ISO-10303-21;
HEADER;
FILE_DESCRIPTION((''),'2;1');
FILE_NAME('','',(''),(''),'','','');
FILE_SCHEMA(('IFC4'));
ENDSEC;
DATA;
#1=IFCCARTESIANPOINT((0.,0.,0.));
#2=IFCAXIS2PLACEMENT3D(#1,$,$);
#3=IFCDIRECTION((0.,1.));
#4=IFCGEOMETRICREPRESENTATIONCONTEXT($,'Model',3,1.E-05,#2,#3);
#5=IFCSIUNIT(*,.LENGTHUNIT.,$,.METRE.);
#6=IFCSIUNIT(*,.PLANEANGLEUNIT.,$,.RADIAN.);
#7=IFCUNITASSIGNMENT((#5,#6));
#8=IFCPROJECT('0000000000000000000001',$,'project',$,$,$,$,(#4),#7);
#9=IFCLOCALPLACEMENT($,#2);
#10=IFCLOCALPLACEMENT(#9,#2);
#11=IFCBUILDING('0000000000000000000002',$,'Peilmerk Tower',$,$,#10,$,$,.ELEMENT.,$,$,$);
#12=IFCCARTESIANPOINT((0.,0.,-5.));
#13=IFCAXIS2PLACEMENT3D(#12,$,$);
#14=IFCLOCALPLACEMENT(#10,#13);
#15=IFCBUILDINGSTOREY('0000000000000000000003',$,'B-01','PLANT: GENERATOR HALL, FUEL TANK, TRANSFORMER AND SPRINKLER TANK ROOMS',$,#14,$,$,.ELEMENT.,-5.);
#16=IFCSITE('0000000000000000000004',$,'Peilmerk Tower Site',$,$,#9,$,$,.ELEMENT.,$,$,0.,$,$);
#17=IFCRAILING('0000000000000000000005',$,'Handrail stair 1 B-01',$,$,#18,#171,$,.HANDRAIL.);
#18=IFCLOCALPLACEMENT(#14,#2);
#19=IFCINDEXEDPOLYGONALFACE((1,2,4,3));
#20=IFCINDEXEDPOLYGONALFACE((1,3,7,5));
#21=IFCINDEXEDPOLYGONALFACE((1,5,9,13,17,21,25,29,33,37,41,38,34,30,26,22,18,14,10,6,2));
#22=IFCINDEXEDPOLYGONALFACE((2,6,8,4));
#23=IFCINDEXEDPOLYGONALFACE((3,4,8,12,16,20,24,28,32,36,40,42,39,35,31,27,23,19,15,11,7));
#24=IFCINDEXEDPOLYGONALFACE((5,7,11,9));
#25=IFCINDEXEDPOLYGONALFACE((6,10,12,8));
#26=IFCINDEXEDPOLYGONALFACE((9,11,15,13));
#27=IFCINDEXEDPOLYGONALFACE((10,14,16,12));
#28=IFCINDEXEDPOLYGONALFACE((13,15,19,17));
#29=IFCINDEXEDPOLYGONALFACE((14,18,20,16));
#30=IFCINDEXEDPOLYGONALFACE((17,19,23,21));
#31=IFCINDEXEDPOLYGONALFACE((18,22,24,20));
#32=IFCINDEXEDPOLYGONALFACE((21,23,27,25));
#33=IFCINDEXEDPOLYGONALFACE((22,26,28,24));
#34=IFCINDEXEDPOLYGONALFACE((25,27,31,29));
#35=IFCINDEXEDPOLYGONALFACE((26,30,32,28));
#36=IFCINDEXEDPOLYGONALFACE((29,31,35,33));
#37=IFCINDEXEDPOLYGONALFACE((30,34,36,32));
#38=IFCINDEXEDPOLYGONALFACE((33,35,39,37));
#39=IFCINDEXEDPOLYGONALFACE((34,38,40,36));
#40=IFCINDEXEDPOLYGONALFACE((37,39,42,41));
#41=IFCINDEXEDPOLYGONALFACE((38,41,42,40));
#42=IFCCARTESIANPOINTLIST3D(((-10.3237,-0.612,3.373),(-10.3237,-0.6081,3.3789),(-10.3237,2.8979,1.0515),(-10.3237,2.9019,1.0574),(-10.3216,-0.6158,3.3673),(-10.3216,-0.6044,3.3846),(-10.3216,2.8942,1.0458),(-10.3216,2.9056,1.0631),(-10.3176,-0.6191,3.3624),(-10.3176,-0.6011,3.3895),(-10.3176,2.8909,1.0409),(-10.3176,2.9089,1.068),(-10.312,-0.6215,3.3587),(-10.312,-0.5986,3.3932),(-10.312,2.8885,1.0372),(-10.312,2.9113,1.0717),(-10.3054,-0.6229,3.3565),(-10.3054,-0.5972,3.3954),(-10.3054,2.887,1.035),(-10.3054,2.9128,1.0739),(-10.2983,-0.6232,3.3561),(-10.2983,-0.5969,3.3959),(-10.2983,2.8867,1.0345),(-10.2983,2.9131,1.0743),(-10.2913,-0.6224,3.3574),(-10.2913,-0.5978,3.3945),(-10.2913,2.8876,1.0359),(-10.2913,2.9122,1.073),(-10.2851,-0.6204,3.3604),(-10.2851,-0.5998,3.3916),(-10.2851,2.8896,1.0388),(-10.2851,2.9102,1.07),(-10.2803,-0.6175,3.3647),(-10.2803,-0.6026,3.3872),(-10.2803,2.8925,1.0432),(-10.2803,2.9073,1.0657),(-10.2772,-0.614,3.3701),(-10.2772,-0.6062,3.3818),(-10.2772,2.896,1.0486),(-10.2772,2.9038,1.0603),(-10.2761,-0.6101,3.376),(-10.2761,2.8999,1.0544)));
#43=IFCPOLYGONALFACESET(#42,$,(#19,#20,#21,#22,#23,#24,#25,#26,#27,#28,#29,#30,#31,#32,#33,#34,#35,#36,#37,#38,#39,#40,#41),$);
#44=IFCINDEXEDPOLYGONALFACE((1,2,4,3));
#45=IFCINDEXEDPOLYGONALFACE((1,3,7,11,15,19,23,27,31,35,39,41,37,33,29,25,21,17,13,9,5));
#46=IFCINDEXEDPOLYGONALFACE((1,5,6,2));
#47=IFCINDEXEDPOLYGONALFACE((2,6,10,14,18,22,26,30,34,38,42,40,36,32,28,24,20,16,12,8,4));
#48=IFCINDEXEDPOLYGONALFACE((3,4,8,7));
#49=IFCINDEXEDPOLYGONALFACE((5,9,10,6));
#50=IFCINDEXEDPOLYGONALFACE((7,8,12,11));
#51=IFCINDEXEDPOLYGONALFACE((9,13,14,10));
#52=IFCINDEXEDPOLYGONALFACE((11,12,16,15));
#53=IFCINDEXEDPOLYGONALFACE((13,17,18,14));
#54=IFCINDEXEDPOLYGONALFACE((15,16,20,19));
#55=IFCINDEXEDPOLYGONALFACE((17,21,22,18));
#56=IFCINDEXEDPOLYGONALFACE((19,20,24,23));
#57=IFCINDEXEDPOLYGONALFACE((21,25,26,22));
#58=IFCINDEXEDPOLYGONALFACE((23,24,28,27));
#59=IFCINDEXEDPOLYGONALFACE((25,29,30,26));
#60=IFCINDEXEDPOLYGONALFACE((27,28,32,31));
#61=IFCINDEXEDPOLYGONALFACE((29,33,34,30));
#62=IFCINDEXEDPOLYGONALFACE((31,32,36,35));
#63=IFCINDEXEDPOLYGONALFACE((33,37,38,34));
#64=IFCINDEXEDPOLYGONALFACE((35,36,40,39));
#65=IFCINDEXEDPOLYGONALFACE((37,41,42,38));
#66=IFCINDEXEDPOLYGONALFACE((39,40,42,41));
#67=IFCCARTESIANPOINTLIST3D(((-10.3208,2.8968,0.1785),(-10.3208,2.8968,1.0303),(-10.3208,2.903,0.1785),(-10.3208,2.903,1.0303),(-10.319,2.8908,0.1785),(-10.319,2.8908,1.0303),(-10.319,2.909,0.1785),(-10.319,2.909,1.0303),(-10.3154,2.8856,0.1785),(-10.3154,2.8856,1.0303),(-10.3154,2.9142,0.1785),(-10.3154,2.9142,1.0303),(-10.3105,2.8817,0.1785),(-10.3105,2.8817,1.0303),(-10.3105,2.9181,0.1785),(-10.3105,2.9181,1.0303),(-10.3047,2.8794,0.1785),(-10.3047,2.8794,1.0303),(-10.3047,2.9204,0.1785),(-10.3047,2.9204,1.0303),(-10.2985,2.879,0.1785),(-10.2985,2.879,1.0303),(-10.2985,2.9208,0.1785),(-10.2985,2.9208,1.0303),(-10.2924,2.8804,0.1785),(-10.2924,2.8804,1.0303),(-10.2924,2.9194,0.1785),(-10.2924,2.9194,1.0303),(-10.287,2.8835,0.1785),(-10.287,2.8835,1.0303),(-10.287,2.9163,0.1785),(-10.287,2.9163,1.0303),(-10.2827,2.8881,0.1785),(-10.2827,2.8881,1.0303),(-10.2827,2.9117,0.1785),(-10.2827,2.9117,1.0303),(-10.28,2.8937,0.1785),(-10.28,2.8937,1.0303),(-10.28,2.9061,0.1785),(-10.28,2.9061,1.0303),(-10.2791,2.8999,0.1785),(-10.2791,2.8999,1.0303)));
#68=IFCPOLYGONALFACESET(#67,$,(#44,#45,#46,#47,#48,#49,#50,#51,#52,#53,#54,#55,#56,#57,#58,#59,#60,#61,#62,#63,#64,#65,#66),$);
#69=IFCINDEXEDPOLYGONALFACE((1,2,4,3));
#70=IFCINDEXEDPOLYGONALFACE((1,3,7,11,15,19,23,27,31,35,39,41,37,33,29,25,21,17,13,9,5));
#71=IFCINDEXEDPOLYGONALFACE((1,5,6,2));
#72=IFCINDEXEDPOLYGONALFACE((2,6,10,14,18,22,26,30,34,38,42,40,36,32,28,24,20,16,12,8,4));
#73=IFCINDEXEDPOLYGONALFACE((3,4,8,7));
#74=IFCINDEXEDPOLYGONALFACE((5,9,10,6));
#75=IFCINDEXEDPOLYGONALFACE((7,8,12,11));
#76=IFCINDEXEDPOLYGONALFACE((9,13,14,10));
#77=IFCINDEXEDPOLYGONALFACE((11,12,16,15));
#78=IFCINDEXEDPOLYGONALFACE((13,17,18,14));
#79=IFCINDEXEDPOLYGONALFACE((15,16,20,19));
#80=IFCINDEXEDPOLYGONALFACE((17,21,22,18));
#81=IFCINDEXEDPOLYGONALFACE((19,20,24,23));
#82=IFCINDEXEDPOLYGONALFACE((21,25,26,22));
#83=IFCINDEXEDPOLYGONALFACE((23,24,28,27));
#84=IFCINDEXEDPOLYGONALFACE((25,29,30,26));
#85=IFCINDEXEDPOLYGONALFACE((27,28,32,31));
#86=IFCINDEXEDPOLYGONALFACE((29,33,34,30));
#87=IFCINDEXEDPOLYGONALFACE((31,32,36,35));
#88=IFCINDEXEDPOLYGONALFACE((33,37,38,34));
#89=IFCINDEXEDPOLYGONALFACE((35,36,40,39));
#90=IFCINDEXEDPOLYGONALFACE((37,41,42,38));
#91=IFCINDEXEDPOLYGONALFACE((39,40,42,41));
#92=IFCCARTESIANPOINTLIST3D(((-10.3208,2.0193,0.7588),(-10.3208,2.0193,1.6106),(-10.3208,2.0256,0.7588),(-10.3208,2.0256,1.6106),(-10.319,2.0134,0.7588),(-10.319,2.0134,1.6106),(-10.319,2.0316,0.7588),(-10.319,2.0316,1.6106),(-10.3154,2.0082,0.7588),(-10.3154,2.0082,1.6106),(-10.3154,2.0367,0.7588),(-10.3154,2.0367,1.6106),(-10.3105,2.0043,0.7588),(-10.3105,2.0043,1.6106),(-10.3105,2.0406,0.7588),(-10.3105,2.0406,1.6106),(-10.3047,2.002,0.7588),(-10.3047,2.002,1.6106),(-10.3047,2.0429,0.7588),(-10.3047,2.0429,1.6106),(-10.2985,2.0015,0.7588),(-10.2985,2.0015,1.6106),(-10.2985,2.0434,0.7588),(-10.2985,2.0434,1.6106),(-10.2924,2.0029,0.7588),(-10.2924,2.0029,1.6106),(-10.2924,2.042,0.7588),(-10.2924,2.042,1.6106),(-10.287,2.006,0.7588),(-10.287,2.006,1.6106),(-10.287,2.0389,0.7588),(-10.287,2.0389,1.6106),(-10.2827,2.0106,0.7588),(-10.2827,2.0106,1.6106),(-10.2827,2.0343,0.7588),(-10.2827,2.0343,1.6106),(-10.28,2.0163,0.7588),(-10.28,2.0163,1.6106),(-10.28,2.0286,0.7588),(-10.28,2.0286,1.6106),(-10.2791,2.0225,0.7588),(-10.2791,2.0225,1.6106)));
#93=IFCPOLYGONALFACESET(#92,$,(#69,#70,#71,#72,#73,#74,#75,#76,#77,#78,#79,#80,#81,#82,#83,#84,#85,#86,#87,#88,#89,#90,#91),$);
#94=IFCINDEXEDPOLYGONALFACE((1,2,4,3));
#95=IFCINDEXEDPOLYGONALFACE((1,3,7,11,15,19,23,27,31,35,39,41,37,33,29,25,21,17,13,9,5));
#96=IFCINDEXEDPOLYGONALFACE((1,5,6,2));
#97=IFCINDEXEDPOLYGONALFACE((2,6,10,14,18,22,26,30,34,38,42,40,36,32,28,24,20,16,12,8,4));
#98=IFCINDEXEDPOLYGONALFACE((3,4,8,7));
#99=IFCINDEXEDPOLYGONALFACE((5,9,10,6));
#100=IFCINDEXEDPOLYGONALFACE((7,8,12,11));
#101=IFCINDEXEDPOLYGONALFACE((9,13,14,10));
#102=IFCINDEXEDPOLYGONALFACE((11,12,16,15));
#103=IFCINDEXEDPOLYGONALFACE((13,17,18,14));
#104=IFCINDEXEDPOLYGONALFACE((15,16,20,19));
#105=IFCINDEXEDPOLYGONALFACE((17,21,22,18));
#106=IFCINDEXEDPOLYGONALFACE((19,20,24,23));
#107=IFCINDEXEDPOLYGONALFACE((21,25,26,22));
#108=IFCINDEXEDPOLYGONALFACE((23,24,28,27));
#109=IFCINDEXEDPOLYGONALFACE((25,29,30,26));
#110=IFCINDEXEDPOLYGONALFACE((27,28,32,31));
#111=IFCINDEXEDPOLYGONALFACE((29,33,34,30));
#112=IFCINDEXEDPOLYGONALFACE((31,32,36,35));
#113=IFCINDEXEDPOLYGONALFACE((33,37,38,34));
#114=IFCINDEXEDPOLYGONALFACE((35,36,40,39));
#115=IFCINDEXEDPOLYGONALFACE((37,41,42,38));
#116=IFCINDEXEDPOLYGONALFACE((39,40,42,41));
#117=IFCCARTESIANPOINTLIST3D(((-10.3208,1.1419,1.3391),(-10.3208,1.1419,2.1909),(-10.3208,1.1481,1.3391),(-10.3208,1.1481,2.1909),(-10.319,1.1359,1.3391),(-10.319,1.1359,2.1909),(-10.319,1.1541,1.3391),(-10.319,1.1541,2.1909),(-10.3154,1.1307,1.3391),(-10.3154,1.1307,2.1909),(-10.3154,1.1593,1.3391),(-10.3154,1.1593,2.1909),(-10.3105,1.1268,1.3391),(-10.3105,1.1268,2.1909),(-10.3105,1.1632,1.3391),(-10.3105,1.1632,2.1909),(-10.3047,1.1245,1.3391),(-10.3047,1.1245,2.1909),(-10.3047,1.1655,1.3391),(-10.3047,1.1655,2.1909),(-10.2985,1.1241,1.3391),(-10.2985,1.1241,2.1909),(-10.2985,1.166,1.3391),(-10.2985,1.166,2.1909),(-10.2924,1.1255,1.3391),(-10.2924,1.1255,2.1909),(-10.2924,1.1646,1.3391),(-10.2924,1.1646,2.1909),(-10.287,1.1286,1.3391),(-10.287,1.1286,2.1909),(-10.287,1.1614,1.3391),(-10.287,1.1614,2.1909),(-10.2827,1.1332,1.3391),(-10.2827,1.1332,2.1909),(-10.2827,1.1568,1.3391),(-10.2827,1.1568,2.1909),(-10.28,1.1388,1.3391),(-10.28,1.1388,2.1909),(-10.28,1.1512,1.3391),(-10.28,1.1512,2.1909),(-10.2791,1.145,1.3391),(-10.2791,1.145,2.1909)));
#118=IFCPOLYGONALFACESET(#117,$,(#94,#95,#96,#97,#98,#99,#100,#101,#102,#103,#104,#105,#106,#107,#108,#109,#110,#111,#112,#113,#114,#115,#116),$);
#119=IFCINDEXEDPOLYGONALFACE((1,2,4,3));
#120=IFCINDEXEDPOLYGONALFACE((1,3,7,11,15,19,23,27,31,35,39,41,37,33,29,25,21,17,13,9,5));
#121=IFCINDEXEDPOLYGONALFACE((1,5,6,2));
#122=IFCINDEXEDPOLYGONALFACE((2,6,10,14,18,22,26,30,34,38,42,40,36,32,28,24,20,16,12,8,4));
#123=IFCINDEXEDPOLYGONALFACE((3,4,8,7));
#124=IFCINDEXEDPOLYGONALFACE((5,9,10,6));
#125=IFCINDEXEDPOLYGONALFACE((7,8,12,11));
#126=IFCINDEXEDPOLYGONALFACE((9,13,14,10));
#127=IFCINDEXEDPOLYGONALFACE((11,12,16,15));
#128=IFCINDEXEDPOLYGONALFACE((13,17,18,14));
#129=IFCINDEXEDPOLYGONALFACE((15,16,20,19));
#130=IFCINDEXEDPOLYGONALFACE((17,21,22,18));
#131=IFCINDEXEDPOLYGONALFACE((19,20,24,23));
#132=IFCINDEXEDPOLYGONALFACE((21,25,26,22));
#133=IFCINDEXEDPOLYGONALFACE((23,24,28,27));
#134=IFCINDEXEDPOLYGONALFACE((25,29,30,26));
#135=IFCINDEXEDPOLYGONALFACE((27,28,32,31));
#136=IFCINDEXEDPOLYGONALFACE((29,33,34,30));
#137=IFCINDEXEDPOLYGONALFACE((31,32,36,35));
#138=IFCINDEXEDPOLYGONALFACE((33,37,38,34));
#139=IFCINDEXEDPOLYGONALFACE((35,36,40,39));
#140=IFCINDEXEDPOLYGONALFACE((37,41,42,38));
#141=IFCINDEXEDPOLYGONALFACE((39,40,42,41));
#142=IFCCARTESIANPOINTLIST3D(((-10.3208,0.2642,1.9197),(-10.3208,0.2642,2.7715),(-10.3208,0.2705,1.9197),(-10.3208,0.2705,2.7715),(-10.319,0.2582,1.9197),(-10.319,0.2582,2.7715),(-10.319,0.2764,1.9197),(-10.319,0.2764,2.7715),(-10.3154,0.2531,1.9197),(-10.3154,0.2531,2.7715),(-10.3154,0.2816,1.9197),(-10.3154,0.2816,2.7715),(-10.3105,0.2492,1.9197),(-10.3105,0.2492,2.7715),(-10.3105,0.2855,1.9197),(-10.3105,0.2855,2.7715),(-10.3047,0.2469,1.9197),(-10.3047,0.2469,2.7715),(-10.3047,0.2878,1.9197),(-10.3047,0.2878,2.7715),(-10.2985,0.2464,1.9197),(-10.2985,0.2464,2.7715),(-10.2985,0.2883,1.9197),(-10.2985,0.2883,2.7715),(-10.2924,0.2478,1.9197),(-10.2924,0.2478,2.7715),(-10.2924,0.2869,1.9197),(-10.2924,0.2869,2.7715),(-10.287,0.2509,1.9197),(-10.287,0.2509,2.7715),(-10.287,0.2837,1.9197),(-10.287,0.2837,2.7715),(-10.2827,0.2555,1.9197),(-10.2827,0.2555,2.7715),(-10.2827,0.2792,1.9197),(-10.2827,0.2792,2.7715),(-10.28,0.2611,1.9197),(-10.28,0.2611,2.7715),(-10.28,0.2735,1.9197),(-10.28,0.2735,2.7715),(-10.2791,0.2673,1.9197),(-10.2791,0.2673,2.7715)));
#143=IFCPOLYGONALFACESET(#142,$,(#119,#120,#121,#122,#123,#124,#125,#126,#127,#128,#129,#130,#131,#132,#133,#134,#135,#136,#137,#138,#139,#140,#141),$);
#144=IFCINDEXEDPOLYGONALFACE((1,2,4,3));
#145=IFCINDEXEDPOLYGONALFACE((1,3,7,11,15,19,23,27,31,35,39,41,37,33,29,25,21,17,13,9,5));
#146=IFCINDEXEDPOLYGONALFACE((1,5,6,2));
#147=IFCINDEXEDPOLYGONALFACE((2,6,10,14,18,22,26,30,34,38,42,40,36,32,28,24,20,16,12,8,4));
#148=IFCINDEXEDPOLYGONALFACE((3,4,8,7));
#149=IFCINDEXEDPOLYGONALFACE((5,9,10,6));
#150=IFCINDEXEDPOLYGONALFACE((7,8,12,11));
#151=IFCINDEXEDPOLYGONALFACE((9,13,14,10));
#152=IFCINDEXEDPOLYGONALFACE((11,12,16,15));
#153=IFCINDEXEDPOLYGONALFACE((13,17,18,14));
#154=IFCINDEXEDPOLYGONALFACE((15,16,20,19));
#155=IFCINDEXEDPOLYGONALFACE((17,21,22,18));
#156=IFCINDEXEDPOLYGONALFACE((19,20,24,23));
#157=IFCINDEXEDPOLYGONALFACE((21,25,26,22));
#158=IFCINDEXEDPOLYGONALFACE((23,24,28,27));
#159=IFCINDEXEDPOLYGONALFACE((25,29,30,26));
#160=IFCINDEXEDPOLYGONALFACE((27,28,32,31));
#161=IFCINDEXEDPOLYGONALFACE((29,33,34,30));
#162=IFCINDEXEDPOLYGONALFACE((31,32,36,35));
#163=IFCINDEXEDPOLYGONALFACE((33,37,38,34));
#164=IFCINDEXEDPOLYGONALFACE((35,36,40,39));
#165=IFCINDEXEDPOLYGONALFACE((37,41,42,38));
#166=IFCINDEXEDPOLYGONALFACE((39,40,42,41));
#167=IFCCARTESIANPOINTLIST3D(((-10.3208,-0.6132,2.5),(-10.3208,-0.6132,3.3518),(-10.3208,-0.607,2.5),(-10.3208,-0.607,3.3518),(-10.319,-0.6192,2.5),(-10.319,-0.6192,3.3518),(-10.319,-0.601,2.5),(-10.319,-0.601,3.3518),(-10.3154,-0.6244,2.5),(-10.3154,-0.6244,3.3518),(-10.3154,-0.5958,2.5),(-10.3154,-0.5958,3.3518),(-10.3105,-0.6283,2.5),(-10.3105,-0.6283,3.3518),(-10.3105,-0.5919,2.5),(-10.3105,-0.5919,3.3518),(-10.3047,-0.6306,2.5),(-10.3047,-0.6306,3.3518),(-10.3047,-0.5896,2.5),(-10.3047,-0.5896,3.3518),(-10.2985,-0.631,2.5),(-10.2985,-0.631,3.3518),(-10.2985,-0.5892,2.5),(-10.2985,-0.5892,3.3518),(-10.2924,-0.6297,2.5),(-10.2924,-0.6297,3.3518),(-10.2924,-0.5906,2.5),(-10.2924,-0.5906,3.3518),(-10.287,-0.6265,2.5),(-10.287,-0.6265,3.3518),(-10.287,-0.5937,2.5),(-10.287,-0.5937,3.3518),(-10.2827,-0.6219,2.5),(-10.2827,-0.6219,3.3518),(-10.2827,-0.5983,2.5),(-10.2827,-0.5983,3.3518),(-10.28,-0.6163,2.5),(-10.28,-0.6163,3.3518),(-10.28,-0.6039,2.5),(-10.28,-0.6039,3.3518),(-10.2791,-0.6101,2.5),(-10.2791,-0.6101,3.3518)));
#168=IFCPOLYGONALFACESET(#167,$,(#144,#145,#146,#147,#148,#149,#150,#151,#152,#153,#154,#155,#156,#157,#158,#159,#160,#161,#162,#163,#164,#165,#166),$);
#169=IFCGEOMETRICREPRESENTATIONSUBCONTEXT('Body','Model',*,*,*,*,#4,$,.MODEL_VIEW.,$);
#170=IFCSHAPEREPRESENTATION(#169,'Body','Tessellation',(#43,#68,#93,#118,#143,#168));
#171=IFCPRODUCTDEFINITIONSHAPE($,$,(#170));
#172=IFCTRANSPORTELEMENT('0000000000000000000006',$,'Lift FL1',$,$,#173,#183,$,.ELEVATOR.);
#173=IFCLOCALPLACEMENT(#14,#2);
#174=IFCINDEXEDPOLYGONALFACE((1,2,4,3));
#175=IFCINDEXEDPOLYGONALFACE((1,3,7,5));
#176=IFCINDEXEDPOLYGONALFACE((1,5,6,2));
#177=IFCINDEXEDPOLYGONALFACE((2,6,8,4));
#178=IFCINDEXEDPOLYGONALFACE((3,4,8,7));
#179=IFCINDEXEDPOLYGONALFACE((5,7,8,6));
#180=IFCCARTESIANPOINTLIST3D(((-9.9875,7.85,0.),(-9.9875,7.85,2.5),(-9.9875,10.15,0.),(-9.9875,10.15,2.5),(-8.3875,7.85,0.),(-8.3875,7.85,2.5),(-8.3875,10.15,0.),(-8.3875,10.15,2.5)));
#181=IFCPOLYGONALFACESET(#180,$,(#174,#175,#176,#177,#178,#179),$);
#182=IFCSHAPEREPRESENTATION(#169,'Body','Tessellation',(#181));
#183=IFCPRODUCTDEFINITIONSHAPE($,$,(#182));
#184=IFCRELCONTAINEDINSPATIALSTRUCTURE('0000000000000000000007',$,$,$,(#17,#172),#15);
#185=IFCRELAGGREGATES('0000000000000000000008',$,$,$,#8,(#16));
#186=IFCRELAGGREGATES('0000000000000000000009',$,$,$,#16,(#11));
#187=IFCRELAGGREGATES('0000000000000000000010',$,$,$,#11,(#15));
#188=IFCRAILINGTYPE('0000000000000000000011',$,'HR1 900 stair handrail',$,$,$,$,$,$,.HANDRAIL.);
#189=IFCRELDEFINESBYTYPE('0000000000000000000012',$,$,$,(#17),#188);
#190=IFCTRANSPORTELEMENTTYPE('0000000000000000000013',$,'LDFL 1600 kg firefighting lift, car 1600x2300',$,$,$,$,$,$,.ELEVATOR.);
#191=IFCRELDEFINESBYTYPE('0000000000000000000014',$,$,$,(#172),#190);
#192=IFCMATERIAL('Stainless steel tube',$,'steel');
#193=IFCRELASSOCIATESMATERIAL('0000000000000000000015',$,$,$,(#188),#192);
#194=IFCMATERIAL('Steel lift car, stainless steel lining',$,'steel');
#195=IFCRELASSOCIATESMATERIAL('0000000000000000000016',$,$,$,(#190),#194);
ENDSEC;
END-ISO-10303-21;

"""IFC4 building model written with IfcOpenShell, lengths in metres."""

from ifc_helpers import new_model, si_unit, direction, frame, origin, origin_with_axes, origin_2d, place, context, subcontext, project, spatial, rectangle, circle, extrude, material, type_object, element, save


model = new_model("IFC4")

# Units and contexts
model_context = context("Model", 3, precision=1e-05, world=origin(), true_north=direction((0.0, 1.0)))
body_context = subcontext(model_context, "Body", "Model", "MODEL_VIEW")
ifc_project = project(units=[si_unit("LENGTHUNIT", "METRE"), si_unit("PLANEANGLEUNIT", "RADIAN")], contexts=[model_context])

# Site, building, storey
site_placement = place(None, origin())
site = spatial("IfcSite", under=ifc_project, at=site_placement, Name="Peilmerk Tower Site", CompositionType="ELEMENT", RefElevation=0.0)
building_placement = place(site_placement, origin())
building = spatial("IfcBuilding", under=site, at=building_placement, Name="Peilmerk Tower", CompositionType="ELEMENT")
storey_placement = place(building_placement, frame((0.0, 0.0, -5.0)))
storey = spatial("IfcBuildingStorey", under=building, at=storey_placement, Name="B-01", Description="PLANT: GENERATOR HALL, FUEL TANK, TRANSFORMER AND SPRINKLER TANK ROOMS", CompositionType="ELEMENT", Elevation=-5.0)

# Railing
ifc_material_1 = material(Name="Stainless steel tube", Category="steel")
railing_type_1 = type_object("IfcRailingType", Name="HR1 900 stair handrail", PredefinedType="HANDRAIL", material=ifc_material_1)
railing_1_placement = place(storey_placement, frame((-10.3, 2.8999, 0.1785)))
element("IfcRailing", 1, at=railing_1_placement, inside=storey, type_object=railing_type_1, Name="Handrail stair 1 B-01", PredefinedType="HANDRAIL", context=body_context, shape_type="SweptSolid", body=[
    extrude(circle(Radius=0.0239, at=origin_2d()), frame((0.0, 0.0, 0.876), z_axis=(0.0, -0.834071, 0.551657), x_axis=(1.0, 0.0, 0.0)), (0.0, 0.0, 1.0), 4.2083),
    extrude(circle(Radius=0.021, at=origin_2d()), origin(), (0.0, 0.0, 1.0), 0.8518),
    extrude(circle(Radius=0.021, at=origin_2d()), frame((0.0, -0.8774, 0.5803)), (0.0, 0.0, 1.0), 0.8518),
    extrude(circle(Radius=0.021, at=origin_2d()), frame((0.0, -1.7549, 1.1606)), (0.0, 0.0, 1.0), 0.8518),
    extrude(circle(Radius=0.021, at=origin_2d()), frame((0.0, -2.6326, 1.7412)), (0.0, 0.0, 1.0), 0.8518),
    extrude(circle(Radius=0.021, at=origin_2d()), frame((0.0, -3.51, 2.3215)), (0.0, 0.0, 1.0), 0.8518),
])

# Transport element
ifc_material_2 = material(Name="Steel lift car, stainless steel lining", Category="steel")
transport_element_type = type_object("IfcTransportElementType", Name="LDFL 1600 kg firefighting lift, car 1600x2300", PredefinedType="ELEVATOR", material=ifc_material_2)
transport_element_placement = place(storey_placement, frame((-9.1875, 9.0, 0.0), z_axis=(0.0, 0.0, 1.0), x_axis=(1.0, 0.0, 0.0)))
element("IfcTransportElement", 2, at=transport_element_placement, inside=storey, type_object=transport_element_type, Name="Lift FL1", PredefinedType="ELEVATOR", context=body_context, shape_type="SweptSolid", body=[
    extrude(rectangle(XDim=1.6001, YDim=2.3, at=origin_2d()), origin_with_axes(), (0.0, 0.0, 1.0), 2.5),
])

save(model, "model.ifc")
